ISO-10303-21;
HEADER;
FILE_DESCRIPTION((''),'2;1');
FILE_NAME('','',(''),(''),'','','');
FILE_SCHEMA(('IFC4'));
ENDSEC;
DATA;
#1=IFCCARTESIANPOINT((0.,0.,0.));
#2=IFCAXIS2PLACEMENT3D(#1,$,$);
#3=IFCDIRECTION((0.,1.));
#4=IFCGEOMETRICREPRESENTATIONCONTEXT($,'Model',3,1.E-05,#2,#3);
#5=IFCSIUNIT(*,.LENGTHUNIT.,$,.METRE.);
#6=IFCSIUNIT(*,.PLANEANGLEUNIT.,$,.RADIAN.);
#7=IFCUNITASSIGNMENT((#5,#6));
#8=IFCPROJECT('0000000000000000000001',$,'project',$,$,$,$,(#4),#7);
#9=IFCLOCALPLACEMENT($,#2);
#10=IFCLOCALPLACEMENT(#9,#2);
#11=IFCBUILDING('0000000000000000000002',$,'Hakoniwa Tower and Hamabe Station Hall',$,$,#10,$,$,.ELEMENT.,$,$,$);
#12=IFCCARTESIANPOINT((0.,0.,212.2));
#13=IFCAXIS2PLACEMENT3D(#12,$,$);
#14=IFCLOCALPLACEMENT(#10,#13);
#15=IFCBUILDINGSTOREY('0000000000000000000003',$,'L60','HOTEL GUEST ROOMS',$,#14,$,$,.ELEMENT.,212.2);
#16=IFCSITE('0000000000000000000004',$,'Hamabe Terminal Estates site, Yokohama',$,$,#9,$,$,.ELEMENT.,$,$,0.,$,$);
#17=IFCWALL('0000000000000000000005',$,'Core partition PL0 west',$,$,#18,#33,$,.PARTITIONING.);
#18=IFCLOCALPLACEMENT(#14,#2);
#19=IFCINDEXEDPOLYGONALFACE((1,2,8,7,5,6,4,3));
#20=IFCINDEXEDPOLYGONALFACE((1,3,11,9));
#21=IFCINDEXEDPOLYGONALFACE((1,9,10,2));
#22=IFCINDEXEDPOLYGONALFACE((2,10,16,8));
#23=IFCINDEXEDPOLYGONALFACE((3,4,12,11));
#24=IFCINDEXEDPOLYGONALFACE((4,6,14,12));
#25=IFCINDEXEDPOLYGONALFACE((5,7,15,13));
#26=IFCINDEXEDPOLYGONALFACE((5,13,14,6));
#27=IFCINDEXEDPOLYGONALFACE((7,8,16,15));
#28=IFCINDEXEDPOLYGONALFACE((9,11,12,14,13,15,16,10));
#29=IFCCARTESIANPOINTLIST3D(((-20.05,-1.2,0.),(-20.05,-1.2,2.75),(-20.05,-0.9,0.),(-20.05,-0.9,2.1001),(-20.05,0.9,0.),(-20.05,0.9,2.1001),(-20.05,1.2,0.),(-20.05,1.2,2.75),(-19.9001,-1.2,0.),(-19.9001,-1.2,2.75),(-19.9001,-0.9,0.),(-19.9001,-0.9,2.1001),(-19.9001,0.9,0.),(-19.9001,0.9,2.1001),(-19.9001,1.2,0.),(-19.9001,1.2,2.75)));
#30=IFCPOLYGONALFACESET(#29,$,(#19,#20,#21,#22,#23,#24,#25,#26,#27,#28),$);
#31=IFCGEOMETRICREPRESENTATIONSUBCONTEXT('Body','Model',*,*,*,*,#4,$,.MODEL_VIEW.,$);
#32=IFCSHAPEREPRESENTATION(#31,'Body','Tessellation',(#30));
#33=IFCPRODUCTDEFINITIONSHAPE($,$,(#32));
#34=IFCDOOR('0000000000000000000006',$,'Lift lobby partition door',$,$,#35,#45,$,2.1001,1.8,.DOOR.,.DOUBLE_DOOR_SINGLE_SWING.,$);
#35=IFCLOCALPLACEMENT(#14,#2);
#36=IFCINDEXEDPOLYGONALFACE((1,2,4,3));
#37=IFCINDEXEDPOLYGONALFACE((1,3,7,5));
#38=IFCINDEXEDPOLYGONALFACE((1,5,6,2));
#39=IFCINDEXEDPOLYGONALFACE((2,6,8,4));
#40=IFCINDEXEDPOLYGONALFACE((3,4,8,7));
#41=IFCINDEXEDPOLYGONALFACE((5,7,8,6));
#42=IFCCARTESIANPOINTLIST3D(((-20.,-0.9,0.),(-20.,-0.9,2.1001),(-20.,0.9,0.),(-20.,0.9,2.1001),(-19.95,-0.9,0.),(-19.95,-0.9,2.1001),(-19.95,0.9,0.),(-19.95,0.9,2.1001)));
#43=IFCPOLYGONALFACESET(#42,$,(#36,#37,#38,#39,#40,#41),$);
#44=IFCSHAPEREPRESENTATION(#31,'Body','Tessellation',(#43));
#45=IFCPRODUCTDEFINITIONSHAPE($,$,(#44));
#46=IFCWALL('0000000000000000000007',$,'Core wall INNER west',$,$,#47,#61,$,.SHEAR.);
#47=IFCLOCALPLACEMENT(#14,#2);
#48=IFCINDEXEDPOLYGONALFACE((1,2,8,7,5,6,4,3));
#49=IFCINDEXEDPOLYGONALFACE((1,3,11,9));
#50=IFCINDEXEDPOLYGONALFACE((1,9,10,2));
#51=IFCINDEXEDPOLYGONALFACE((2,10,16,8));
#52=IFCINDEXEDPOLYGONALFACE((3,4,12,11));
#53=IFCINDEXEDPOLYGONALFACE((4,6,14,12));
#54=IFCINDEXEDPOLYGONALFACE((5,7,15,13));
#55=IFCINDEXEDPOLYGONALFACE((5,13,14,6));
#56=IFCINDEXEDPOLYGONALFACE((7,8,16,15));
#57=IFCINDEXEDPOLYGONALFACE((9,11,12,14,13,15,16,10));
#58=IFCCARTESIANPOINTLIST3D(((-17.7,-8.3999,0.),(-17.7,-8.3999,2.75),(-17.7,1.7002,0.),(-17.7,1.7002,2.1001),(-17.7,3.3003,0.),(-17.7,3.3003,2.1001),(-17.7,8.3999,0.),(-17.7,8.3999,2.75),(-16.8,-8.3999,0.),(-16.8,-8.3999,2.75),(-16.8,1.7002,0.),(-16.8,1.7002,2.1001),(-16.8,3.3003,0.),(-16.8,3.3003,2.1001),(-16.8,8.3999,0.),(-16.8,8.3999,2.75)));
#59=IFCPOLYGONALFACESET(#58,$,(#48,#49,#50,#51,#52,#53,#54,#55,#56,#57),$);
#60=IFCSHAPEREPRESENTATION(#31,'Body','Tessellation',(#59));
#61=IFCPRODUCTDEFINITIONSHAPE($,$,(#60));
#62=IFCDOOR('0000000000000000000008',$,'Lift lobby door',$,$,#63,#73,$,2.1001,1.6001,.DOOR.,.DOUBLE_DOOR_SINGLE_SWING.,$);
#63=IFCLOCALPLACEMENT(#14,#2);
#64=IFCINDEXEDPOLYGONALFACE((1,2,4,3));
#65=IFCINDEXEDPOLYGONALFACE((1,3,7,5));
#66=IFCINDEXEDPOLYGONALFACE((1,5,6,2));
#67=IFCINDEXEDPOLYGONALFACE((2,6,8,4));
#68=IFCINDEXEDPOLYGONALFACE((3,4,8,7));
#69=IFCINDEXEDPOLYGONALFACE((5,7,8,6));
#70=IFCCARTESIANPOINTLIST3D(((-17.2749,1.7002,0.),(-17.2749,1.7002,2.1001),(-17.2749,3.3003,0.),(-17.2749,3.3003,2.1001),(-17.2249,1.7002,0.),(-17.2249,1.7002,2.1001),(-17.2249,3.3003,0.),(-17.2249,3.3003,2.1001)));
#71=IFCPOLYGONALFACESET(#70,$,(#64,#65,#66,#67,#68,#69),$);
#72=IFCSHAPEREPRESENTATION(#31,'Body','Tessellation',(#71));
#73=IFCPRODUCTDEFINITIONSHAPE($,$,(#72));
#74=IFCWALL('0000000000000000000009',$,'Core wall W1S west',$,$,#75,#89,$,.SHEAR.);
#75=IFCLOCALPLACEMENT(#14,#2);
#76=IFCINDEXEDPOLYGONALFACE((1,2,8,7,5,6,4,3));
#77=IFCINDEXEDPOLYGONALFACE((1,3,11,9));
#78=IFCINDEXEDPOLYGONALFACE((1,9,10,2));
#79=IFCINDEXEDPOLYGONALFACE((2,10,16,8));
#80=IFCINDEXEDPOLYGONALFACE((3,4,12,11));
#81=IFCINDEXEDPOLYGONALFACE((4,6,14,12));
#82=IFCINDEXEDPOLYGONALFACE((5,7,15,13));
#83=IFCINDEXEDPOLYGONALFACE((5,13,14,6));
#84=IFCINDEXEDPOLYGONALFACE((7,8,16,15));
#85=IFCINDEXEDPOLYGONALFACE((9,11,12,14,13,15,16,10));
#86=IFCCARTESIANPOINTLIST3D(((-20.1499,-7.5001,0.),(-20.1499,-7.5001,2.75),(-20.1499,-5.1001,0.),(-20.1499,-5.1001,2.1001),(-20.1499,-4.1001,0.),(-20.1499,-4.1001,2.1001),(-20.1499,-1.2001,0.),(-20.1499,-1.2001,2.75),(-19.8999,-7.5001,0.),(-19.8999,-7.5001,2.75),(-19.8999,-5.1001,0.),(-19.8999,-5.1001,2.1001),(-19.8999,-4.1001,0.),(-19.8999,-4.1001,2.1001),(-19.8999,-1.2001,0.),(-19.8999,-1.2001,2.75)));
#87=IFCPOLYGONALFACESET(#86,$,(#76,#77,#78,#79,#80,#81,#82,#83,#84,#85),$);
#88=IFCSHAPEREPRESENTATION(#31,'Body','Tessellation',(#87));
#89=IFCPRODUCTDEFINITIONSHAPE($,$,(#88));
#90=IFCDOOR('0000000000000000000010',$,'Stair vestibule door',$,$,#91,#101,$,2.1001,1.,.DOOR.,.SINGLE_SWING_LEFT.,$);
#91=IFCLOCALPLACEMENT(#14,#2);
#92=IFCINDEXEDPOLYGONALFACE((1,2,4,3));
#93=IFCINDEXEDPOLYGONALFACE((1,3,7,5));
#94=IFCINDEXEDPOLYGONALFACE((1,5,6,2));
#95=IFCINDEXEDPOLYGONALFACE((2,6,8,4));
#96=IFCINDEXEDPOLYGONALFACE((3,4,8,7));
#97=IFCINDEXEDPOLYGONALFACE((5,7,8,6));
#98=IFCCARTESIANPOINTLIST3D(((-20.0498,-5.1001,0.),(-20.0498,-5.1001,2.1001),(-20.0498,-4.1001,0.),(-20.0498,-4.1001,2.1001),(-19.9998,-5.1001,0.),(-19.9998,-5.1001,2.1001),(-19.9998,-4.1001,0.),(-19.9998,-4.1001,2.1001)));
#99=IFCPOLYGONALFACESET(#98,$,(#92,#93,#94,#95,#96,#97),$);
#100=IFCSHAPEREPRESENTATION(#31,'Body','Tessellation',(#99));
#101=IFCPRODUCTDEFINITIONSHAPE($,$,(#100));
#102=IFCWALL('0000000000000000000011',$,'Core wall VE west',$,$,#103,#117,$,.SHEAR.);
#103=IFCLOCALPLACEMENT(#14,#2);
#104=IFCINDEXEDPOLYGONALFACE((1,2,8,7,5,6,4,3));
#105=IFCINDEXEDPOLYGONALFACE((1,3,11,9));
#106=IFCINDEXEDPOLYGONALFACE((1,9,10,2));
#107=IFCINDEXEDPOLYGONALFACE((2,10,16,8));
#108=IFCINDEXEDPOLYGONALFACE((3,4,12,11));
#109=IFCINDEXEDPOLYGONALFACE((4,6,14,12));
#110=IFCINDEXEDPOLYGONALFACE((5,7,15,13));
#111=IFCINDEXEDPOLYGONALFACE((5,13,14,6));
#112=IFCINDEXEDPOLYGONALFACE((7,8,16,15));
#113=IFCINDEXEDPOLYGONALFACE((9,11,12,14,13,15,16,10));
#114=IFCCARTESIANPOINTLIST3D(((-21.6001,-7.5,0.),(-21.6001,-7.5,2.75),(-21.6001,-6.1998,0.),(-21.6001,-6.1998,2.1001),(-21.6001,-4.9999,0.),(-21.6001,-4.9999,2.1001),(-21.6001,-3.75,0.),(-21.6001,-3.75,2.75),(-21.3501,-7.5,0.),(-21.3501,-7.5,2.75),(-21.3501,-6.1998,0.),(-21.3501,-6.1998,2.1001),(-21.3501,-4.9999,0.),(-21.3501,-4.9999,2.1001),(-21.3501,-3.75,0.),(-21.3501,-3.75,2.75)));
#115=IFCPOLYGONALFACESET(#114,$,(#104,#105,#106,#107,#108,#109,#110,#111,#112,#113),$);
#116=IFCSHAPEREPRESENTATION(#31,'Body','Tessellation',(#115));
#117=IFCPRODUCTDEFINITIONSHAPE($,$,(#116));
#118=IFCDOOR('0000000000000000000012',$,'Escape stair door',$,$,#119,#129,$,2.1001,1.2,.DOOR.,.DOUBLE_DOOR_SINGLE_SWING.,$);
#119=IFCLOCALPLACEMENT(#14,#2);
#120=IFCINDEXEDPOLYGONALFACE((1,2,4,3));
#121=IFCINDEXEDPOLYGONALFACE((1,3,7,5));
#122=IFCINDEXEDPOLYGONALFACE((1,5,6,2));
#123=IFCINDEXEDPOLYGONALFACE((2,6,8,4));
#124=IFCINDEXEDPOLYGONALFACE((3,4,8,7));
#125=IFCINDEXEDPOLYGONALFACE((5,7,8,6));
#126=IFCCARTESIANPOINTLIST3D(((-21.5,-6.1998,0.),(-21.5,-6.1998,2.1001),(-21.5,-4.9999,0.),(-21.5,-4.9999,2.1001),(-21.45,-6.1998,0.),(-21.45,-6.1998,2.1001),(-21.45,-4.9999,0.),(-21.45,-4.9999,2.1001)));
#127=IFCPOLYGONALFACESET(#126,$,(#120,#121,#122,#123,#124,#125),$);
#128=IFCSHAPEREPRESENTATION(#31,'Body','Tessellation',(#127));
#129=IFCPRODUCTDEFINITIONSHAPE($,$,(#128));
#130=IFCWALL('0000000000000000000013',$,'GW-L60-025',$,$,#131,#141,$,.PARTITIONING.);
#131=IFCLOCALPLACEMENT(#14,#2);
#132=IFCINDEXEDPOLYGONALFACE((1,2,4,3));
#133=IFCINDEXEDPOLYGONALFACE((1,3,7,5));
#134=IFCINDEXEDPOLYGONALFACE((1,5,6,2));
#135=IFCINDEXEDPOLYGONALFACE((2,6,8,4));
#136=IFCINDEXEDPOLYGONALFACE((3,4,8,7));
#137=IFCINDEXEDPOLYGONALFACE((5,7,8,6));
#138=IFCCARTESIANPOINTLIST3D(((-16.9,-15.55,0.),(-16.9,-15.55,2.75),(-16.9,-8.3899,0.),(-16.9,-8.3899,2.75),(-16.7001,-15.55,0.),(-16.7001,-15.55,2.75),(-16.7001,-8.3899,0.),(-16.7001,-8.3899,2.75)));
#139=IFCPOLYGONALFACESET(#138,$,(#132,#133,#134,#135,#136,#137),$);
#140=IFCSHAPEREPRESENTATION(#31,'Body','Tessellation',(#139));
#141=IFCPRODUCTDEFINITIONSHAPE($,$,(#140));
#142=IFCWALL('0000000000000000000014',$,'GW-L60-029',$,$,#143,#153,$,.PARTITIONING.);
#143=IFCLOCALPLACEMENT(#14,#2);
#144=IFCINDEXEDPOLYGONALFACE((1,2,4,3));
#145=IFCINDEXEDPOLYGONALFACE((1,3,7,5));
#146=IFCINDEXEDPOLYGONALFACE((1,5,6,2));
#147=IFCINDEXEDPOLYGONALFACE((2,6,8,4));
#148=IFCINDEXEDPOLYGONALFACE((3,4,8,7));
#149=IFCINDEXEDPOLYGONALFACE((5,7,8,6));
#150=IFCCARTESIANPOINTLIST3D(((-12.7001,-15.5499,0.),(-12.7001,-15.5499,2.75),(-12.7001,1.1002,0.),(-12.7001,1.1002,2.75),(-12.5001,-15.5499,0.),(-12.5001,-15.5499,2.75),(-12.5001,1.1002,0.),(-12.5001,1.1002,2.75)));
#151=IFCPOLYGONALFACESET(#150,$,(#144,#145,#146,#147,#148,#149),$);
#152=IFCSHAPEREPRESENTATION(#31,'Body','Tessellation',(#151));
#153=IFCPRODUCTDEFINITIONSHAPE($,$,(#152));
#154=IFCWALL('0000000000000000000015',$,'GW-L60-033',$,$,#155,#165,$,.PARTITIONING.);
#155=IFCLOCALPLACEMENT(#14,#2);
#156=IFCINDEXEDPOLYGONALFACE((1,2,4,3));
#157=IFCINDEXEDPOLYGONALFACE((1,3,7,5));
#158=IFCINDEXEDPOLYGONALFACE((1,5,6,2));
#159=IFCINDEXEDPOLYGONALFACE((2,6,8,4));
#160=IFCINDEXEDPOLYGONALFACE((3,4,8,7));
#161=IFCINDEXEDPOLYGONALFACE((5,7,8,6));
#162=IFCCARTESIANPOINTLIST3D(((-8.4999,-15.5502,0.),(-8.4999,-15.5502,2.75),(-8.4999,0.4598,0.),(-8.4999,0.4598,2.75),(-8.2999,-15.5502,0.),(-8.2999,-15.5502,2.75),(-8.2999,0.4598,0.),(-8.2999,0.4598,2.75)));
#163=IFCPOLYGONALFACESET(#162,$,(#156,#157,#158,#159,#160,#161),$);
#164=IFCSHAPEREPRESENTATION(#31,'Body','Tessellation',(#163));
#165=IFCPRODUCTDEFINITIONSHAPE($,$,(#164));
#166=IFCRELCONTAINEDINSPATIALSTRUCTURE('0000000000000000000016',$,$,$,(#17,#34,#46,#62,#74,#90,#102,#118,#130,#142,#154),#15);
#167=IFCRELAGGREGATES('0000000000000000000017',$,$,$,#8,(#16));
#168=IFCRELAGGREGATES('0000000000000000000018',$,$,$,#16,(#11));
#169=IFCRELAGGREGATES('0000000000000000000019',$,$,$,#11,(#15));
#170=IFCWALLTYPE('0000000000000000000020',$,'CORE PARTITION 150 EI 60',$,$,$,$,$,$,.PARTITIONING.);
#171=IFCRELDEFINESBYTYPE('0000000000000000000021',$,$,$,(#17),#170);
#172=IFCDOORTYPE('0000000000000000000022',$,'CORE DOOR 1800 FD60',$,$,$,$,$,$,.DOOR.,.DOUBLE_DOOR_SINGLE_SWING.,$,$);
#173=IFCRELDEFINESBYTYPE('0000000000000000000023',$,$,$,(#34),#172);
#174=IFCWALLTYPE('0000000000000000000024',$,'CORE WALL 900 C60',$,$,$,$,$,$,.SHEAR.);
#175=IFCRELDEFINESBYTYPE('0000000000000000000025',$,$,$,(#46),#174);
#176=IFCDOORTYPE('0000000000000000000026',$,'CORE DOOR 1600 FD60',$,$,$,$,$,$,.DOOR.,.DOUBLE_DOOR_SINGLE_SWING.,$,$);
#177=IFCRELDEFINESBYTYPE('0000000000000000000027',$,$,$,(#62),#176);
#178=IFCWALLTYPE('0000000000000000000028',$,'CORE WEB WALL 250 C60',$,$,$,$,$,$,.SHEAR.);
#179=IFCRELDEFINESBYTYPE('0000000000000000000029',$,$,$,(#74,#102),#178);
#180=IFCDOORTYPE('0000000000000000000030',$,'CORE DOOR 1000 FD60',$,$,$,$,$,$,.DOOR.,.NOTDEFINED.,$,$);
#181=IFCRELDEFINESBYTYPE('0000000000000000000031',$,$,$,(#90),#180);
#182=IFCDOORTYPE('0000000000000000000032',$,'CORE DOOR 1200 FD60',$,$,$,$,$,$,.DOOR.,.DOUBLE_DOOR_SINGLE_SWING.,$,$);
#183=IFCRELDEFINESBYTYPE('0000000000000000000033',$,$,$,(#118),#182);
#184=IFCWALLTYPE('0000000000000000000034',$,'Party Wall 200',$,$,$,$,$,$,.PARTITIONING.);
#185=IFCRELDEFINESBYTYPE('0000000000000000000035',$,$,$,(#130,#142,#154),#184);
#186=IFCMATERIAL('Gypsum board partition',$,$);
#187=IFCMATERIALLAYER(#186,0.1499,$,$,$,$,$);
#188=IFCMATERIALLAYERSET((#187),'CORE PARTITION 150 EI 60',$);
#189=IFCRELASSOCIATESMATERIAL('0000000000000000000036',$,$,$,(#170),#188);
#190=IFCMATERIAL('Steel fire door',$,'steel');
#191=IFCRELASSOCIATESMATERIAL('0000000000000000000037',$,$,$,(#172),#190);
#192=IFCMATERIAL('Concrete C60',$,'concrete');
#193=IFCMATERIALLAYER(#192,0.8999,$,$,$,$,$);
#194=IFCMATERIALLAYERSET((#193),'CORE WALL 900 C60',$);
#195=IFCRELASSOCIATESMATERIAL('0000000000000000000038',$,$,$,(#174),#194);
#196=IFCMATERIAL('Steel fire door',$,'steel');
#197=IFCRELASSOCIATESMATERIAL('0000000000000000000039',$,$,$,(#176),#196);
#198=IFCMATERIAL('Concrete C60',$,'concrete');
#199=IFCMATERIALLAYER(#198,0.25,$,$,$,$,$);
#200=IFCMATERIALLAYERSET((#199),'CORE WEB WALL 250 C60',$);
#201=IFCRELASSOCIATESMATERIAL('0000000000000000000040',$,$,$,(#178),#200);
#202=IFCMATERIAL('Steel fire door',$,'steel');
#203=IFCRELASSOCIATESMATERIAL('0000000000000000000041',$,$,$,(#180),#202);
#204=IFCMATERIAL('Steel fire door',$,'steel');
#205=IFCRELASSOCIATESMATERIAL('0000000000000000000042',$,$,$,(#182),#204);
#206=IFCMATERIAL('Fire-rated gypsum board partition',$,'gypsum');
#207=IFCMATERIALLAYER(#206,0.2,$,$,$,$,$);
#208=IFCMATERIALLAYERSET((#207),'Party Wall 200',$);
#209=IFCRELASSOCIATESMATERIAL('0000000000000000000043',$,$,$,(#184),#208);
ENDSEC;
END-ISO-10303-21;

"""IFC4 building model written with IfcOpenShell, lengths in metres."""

from ifc_helpers import new_model, si_unit, direction, frame, frame_2d, origin, place, context, subcontext, project, spatial, rectangle, extrude, material, layer, layer_set, type_object, element, fill, save


model = new_model("IFC4")

# Units and contexts
model_context = context("Model", 3, precision=1e-05, world=origin(), true_north=direction((0.0, 1.0)))
body_context = subcontext(model_context, "Body", "Model", "MODEL_VIEW")
ifc_project = project(units=[si_unit("LENGTHUNIT", "METRE"), si_unit("PLANEANGLEUNIT", "RADIAN")], contexts=[model_context])

# Site, building, storey
site_placement = place(None, origin())
site = spatial("IfcSite", under=ifc_project, at=site_placement, Name="Hamabe Terminal Estates site, Yokohama", CompositionType="ELEMENT", RefElevation=0.0)
building_placement = place(site_placement, origin())
building = spatial("IfcBuilding", under=site, at=building_placement, Name="Hakoniwa Tower and Hamabe Station Hall", CompositionType="ELEMENT")
storey_placement = place(building_placement, frame((0.0, 0.0, 212.2)))
storey = spatial("IfcBuildingStorey", under=building, at=storey_placement, Name="L60", Description="HOTEL GUEST ROOMS", CompositionType="ELEMENT", Elevation=212.2)

# Walls, openings, doors
ifc_material_1 = material(Name="Gypsum board partition")
ifc_layer_1 = layer(ifc_material_1, 0.1499)
ifc_layer_set_1 = layer_set([ifc_layer_1], Name="CORE PARTITION 150 EI 60")
wall_type_1 = type_object("IfcWallType", Name="CORE PARTITION 150 EI 60", PredefinedType="PARTITIONING", material=ifc_layer_set_1)
wall_1_placement = place(storey_placement, frame((-19.9751, -1.2, 0.0), z_axis=(0.0, 0.0, 1.0), x_axis=(0.0, 1.0, 0.0)))
wall_1 = element("IfcWall", 1, at=wall_1_placement, inside=storey, type_object=wall_type_1, Name="Core partition PL0 west", PredefinedType="PARTITIONING", context=body_context, shape_type="SweptSolid", body=[
    extrude(rectangle(XDim=2.3999, YDim=0.1499, at=frame_2d((1.2, 0.0))), origin(), (0.0, 0.0, 1.0), 2.75),
])
opening_1_placement = place(wall_1_placement, frame((0.3, 0.0, 0.0)))
opening_1 = element("IfcOpeningElement", 2, at=opening_1_placement, cuts=wall_1, PredefinedType="OPENING", context=body_context, shape_type="SweptSolid", body=[
    extrude(rectangle(XDim=1.8, YDim=2.1001, at=frame_2d((0.8999, 1.05))), frame((0.0, 0.085, 0.0), z_axis=(0.0, -1.0, 0.0), x_axis=(1.0, 0.0, 0.0)), (0.0, 0.0, 1.0), 0.1699),
])
ifc_material_2 = material(Name="Steel fire door", Category="steel")
door_type_1 = type_object("IfcDoorType", Name="CORE DOOR 1800 FD60", OperationType="DOUBLE_DOOR_SINGLE_SWING", PredefinedType="DOOR", material=ifc_material_2)
door_1_placement = place(opening_1_placement, origin())
door_1 = element("IfcDoor", 3, at=door_1_placement, inside=storey, type_object=door_type_1, Name="Lift lobby partition door", OperationType="DOUBLE_DOOR_SINGLE_SWING", OverallHeight=2.1001, OverallWidth=1.8, PredefinedType="DOOR", context=body_context, shape_type="SweptSolid", body=[
    extrude(rectangle(XDim=1.8, YDim=2.1001, at=frame_2d((0.8999, 1.05))), frame((0.0, 0.0249, 0.0), z_axis=(0.0, -1.0, 0.0), x_axis=(1.0, 0.0, 0.0)), (0.0, 0.0, 1.0), 0.05),
])
fill(opening_1, door_1)
ifc_material_3 = material(Name="Concrete C60", Category="concrete")
ifc_layer_2 = layer(ifc_material_3, 0.8999)
ifc_layer_set_2 = layer_set([ifc_layer_2], Name="CORE WALL 900 C60")
wall_type_2 = type_object("IfcWallType", Name="CORE WALL 900 C60", PredefinedType="SHEAR", material=ifc_layer_set_2)
wall_2_placement = place(storey_placement, frame((-17.25, -8.3999, 0.0), z_axis=(0.0, 0.0, 1.0), x_axis=(0.0, 1.0, 0.0)))
wall_2 = element("IfcWall", 4, at=wall_2_placement, inside=storey, type_object=wall_type_2, Name="Core wall INNER west", PredefinedType="SHEAR", context=body_context, shape_type="SweptSolid", body=[
    extrude(rectangle(XDim=16.7998, YDim=0.8999, at=frame_2d((8.3999, 0.0))), origin(), (0.0, 0.0, 1.0), 2.75),
])
opening_2_placement = place(wall_2_placement, frame((10.1001, 0.0, 0.0)))
opening_2 = element("IfcOpeningElement", 5, at=opening_2_placement, cuts=wall_2, PredefinedType="OPENING", context=body_context, shape_type="SweptSolid", body=[
    extrude(rectangle(XDim=1.6001, YDim=2.1001, at=frame_2d((0.8, 1.05))), frame((0.0, 0.46, 0.0), z_axis=(0.0, -1.0, 0.0), x_axis=(1.0, 0.0, 0.0)), (0.0, 0.0, 1.0), 0.9199),
])
ifc_material_4 = material(Name="Steel fire door", Category="steel")
door_type_2 = type_object("IfcDoorType", Name="CORE DOOR 1600 FD60", OperationType="DOUBLE_DOOR_SINGLE_SWING", PredefinedType="DOOR", material=ifc_material_4)
door_2_placement = place(opening_2_placement, origin())
door_2 = element("IfcDoor", 6, at=door_2_placement, inside=storey, type_object=door_type_2, Name="Lift lobby door", OperationType="DOUBLE_DOOR_SINGLE_SWING", OverallHeight=2.1001, OverallWidth=1.6001, PredefinedType="DOOR", context=body_context, shape_type="SweptSolid", body=[
    extrude(rectangle(XDim=1.6001, YDim=2.1001, at=frame_2d((0.8, 1.05))), frame((0.0, 0.0249, 0.0), z_axis=(0.0, -1.0, 0.0), x_axis=(1.0, 0.0, 0.0)), (0.0, 0.0, 1.0), 0.05),
])
fill(opening_2, door_2)
ifc_material_5 = material(Name="Concrete C60", Category="concrete")
ifc_layer_3 = layer(ifc_material_5, 0.25)
ifc_layer_set_3 = layer_set([ifc_layer_3], Name="CORE WEB WALL 250 C60")
wall_type_3 = type_object("IfcWallType", Name="CORE WEB WALL 250 C60", PredefinedType="SHEAR", material=ifc_layer_set_3)
wall_3_placement = place(storey_placement, frame((-20.0249, -7.5, 0.0), z_axis=(0.0, 0.0, 1.0), x_axis=(0.0, 1.0, 0.0)))
wall_3 = element("IfcWall", 7, at=wall_3_placement, inside=storey, type_object=wall_type_3, Name="Core wall W1S west", PredefinedType="SHEAR", context=body_context, shape_type="SweptSolid", body=[
    extrude(rectangle(XDim=6.3, YDim=0.25, at=frame_2d((3.1499, 0.0))), origin(), (0.0, 0.0, 1.0), 2.75),
])
opening_3_placement = place(wall_3_placement, frame((2.3999, 0.0, 0.0)))
opening_3 = element("IfcOpeningElement", 8, at=opening_3_placement, cuts=wall_3, PredefinedType="OPENING", context=body_context, shape_type="SweptSolid", body=[
    extrude(rectangle(XDim=1.0, YDim=2.1001, at=frame_2d((0.5, 1.05))), frame((0.0, 0.135, 0.0), z_axis=(0.0, -1.0, 0.0), x_axis=(1.0, 0.0, 0.0)), (0.0, 0.0, 1.0), 0.27),
])
ifc_material_6 = material(Name="Steel fire door", Category="steel")
door_type_3 = type_object("IfcDoorType", Name="CORE DOOR 1000 FD60", OperationType="NOTDEFINED", PredefinedType="DOOR", material=ifc_material_6)
door_3_placement = place(opening_3_placement, origin())
door_3 = element("IfcDoor", 9, at=door_3_placement, inside=storey, type_object=door_type_3, Name="Stair vestibule door", OperationType="SINGLE_SWING_LEFT", OverallHeight=2.1001, OverallWidth=1.0, PredefinedType="DOOR", context=body_context, shape_type="SweptSolid", body=[
    extrude(rectangle(XDim=1.0, YDim=2.1001, at=frame_2d((0.5, 1.05))), frame((0.0, 0.0249, 0.0), z_axis=(0.0, -1.0, 0.0), x_axis=(1.0, 0.0, 0.0)), (0.0, 0.0, 1.0), 0.05),
])
fill(opening_3, door_3)
wall_4_placement = place(storey_placement, frame((-21.4751, -7.5, 0.0), z_axis=(0.0, 0.0, 1.0), x_axis=(0.0, 1.0, 0.0)))
wall_4 = element("IfcWall", 10, at=wall_4_placement, inside=storey, type_object=wall_type_3, Name="Core wall VE west", PredefinedType="SHEAR", context=body_context, shape_type="SweptSolid", body=[
    extrude(rectangle(XDim=3.75, YDim=0.25, at=frame_2d((1.875, 0.0))), origin(), (0.0, 0.0, 1.0), 2.75),
])
opening_4_placement = place(wall_4_placement, frame((1.3, 0.0, 0.0)))
opening_4 = element("IfcOpeningElement", 11, at=opening_4_placement, cuts=wall_4, PredefinedType="OPENING", context=body_context, shape_type="SweptSolid", body=[
    extrude(rectangle(XDim=1.2, YDim=2.1001, at=frame_2d((0.6001, 1.05))), frame((0.0, 0.135, 0.0), z_axis=(0.0, -1.0, 0.0), x_axis=(1.0, 0.0, 0.0)), (0.0, 0.0, 1.0), 0.27),
])
ifc_material_7 = material(Name="Steel fire door", Category="steel")
door_type_4 = type_object("IfcDoorType", Name="CORE DOOR 1200 FD60", OperationType="DOUBLE_DOOR_SINGLE_SWING", PredefinedType="DOOR", material=ifc_material_7)
door_4_placement = place(opening_4_placement, origin())
door_4 = element("IfcDoor", 12, at=door_4_placement, inside=storey, type_object=door_type_4, Name="Escape stair door", OperationType="DOUBLE_DOOR_SINGLE_SWING", OverallHeight=2.1001, OverallWidth=1.2, PredefinedType="DOOR", context=body_context, shape_type="SweptSolid", body=[
    extrude(rectangle(XDim=1.2, YDim=2.1001, at=frame_2d((0.6001, 1.05))), frame((0.0, 0.0249, 0.0), z_axis=(0.0, -1.0, 0.0), x_axis=(1.0, 0.0, 0.0)), (0.0, 0.0, 1.0), 0.05),
])
fill(opening_4, door_4)

# Walls
ifc_material_8 = material(Name="Fire-rated gypsum board partition", Category="gypsum")
ifc_layer_4 = layer(ifc_material_8, 0.2)
ifc_layer_set_4 = layer_set([ifc_layer_4], Name="Party Wall 200")
wall_type_4 = type_object("IfcWallType", Name="Party Wall 200", PredefinedType="PARTITIONING", material=ifc_layer_set_4)
wall_5_placement = place(storey_placement, frame((-16.8, -15.55, 0.0), z_axis=(0.0, 0.0, 1.0), x_axis=(0.0, 1.0, 0.0)))
element("IfcWall", 13, at=wall_5_placement, inside=storey, type_object=wall_type_4, Name="GW-L60-025", PredefinedType="PARTITIONING", context=body_context, shape_type="SweptSolid", body=[
    extrude(rectangle(XDim=7.1602, YDim=0.2, at=frame_2d((3.5801, 0.0))), origin(), (0.0, 0.0, 1.0), 2.75),
])
wall_6_placement = place(storey_placement, frame((-12.6001, -15.55, 0.0), z_axis=(0.0, 0.0, 1.0), x_axis=(0.0, 1.0, 0.0)))
element("IfcWall", 14, at=wall_6_placement, inside=storey, type_object=wall_type_4, Name="GW-L60-029", PredefinedType="PARTITIONING", context=body_context, shape_type="SweptSolid", body=[
    extrude(rectangle(XDim=16.6501, YDim=0.2, at=frame_2d((8.3252, 0.0))), origin(), (0.0, 0.0, 1.0), 2.75),
])
wall_7_placement = place(storey_placement, frame((-8.3999, -15.55, 0.0), z_axis=(0.0, 0.0, 1.0), x_axis=(0.0, 1.0, 0.0)))
element("IfcWall", 15, at=wall_7_placement, inside=storey, type_object=wall_type_4, Name="GW-L60-033", PredefinedType="PARTITIONING", context=body_context, shape_type="SweptSolid", body=[
    extrude(rectangle(XDim=16.01, YDim=0.2, at=frame_2d((8.0049, 0.0))), origin(), (0.0, 0.0, 1.0), 2.75),
])

save(model, "model.ifc")
